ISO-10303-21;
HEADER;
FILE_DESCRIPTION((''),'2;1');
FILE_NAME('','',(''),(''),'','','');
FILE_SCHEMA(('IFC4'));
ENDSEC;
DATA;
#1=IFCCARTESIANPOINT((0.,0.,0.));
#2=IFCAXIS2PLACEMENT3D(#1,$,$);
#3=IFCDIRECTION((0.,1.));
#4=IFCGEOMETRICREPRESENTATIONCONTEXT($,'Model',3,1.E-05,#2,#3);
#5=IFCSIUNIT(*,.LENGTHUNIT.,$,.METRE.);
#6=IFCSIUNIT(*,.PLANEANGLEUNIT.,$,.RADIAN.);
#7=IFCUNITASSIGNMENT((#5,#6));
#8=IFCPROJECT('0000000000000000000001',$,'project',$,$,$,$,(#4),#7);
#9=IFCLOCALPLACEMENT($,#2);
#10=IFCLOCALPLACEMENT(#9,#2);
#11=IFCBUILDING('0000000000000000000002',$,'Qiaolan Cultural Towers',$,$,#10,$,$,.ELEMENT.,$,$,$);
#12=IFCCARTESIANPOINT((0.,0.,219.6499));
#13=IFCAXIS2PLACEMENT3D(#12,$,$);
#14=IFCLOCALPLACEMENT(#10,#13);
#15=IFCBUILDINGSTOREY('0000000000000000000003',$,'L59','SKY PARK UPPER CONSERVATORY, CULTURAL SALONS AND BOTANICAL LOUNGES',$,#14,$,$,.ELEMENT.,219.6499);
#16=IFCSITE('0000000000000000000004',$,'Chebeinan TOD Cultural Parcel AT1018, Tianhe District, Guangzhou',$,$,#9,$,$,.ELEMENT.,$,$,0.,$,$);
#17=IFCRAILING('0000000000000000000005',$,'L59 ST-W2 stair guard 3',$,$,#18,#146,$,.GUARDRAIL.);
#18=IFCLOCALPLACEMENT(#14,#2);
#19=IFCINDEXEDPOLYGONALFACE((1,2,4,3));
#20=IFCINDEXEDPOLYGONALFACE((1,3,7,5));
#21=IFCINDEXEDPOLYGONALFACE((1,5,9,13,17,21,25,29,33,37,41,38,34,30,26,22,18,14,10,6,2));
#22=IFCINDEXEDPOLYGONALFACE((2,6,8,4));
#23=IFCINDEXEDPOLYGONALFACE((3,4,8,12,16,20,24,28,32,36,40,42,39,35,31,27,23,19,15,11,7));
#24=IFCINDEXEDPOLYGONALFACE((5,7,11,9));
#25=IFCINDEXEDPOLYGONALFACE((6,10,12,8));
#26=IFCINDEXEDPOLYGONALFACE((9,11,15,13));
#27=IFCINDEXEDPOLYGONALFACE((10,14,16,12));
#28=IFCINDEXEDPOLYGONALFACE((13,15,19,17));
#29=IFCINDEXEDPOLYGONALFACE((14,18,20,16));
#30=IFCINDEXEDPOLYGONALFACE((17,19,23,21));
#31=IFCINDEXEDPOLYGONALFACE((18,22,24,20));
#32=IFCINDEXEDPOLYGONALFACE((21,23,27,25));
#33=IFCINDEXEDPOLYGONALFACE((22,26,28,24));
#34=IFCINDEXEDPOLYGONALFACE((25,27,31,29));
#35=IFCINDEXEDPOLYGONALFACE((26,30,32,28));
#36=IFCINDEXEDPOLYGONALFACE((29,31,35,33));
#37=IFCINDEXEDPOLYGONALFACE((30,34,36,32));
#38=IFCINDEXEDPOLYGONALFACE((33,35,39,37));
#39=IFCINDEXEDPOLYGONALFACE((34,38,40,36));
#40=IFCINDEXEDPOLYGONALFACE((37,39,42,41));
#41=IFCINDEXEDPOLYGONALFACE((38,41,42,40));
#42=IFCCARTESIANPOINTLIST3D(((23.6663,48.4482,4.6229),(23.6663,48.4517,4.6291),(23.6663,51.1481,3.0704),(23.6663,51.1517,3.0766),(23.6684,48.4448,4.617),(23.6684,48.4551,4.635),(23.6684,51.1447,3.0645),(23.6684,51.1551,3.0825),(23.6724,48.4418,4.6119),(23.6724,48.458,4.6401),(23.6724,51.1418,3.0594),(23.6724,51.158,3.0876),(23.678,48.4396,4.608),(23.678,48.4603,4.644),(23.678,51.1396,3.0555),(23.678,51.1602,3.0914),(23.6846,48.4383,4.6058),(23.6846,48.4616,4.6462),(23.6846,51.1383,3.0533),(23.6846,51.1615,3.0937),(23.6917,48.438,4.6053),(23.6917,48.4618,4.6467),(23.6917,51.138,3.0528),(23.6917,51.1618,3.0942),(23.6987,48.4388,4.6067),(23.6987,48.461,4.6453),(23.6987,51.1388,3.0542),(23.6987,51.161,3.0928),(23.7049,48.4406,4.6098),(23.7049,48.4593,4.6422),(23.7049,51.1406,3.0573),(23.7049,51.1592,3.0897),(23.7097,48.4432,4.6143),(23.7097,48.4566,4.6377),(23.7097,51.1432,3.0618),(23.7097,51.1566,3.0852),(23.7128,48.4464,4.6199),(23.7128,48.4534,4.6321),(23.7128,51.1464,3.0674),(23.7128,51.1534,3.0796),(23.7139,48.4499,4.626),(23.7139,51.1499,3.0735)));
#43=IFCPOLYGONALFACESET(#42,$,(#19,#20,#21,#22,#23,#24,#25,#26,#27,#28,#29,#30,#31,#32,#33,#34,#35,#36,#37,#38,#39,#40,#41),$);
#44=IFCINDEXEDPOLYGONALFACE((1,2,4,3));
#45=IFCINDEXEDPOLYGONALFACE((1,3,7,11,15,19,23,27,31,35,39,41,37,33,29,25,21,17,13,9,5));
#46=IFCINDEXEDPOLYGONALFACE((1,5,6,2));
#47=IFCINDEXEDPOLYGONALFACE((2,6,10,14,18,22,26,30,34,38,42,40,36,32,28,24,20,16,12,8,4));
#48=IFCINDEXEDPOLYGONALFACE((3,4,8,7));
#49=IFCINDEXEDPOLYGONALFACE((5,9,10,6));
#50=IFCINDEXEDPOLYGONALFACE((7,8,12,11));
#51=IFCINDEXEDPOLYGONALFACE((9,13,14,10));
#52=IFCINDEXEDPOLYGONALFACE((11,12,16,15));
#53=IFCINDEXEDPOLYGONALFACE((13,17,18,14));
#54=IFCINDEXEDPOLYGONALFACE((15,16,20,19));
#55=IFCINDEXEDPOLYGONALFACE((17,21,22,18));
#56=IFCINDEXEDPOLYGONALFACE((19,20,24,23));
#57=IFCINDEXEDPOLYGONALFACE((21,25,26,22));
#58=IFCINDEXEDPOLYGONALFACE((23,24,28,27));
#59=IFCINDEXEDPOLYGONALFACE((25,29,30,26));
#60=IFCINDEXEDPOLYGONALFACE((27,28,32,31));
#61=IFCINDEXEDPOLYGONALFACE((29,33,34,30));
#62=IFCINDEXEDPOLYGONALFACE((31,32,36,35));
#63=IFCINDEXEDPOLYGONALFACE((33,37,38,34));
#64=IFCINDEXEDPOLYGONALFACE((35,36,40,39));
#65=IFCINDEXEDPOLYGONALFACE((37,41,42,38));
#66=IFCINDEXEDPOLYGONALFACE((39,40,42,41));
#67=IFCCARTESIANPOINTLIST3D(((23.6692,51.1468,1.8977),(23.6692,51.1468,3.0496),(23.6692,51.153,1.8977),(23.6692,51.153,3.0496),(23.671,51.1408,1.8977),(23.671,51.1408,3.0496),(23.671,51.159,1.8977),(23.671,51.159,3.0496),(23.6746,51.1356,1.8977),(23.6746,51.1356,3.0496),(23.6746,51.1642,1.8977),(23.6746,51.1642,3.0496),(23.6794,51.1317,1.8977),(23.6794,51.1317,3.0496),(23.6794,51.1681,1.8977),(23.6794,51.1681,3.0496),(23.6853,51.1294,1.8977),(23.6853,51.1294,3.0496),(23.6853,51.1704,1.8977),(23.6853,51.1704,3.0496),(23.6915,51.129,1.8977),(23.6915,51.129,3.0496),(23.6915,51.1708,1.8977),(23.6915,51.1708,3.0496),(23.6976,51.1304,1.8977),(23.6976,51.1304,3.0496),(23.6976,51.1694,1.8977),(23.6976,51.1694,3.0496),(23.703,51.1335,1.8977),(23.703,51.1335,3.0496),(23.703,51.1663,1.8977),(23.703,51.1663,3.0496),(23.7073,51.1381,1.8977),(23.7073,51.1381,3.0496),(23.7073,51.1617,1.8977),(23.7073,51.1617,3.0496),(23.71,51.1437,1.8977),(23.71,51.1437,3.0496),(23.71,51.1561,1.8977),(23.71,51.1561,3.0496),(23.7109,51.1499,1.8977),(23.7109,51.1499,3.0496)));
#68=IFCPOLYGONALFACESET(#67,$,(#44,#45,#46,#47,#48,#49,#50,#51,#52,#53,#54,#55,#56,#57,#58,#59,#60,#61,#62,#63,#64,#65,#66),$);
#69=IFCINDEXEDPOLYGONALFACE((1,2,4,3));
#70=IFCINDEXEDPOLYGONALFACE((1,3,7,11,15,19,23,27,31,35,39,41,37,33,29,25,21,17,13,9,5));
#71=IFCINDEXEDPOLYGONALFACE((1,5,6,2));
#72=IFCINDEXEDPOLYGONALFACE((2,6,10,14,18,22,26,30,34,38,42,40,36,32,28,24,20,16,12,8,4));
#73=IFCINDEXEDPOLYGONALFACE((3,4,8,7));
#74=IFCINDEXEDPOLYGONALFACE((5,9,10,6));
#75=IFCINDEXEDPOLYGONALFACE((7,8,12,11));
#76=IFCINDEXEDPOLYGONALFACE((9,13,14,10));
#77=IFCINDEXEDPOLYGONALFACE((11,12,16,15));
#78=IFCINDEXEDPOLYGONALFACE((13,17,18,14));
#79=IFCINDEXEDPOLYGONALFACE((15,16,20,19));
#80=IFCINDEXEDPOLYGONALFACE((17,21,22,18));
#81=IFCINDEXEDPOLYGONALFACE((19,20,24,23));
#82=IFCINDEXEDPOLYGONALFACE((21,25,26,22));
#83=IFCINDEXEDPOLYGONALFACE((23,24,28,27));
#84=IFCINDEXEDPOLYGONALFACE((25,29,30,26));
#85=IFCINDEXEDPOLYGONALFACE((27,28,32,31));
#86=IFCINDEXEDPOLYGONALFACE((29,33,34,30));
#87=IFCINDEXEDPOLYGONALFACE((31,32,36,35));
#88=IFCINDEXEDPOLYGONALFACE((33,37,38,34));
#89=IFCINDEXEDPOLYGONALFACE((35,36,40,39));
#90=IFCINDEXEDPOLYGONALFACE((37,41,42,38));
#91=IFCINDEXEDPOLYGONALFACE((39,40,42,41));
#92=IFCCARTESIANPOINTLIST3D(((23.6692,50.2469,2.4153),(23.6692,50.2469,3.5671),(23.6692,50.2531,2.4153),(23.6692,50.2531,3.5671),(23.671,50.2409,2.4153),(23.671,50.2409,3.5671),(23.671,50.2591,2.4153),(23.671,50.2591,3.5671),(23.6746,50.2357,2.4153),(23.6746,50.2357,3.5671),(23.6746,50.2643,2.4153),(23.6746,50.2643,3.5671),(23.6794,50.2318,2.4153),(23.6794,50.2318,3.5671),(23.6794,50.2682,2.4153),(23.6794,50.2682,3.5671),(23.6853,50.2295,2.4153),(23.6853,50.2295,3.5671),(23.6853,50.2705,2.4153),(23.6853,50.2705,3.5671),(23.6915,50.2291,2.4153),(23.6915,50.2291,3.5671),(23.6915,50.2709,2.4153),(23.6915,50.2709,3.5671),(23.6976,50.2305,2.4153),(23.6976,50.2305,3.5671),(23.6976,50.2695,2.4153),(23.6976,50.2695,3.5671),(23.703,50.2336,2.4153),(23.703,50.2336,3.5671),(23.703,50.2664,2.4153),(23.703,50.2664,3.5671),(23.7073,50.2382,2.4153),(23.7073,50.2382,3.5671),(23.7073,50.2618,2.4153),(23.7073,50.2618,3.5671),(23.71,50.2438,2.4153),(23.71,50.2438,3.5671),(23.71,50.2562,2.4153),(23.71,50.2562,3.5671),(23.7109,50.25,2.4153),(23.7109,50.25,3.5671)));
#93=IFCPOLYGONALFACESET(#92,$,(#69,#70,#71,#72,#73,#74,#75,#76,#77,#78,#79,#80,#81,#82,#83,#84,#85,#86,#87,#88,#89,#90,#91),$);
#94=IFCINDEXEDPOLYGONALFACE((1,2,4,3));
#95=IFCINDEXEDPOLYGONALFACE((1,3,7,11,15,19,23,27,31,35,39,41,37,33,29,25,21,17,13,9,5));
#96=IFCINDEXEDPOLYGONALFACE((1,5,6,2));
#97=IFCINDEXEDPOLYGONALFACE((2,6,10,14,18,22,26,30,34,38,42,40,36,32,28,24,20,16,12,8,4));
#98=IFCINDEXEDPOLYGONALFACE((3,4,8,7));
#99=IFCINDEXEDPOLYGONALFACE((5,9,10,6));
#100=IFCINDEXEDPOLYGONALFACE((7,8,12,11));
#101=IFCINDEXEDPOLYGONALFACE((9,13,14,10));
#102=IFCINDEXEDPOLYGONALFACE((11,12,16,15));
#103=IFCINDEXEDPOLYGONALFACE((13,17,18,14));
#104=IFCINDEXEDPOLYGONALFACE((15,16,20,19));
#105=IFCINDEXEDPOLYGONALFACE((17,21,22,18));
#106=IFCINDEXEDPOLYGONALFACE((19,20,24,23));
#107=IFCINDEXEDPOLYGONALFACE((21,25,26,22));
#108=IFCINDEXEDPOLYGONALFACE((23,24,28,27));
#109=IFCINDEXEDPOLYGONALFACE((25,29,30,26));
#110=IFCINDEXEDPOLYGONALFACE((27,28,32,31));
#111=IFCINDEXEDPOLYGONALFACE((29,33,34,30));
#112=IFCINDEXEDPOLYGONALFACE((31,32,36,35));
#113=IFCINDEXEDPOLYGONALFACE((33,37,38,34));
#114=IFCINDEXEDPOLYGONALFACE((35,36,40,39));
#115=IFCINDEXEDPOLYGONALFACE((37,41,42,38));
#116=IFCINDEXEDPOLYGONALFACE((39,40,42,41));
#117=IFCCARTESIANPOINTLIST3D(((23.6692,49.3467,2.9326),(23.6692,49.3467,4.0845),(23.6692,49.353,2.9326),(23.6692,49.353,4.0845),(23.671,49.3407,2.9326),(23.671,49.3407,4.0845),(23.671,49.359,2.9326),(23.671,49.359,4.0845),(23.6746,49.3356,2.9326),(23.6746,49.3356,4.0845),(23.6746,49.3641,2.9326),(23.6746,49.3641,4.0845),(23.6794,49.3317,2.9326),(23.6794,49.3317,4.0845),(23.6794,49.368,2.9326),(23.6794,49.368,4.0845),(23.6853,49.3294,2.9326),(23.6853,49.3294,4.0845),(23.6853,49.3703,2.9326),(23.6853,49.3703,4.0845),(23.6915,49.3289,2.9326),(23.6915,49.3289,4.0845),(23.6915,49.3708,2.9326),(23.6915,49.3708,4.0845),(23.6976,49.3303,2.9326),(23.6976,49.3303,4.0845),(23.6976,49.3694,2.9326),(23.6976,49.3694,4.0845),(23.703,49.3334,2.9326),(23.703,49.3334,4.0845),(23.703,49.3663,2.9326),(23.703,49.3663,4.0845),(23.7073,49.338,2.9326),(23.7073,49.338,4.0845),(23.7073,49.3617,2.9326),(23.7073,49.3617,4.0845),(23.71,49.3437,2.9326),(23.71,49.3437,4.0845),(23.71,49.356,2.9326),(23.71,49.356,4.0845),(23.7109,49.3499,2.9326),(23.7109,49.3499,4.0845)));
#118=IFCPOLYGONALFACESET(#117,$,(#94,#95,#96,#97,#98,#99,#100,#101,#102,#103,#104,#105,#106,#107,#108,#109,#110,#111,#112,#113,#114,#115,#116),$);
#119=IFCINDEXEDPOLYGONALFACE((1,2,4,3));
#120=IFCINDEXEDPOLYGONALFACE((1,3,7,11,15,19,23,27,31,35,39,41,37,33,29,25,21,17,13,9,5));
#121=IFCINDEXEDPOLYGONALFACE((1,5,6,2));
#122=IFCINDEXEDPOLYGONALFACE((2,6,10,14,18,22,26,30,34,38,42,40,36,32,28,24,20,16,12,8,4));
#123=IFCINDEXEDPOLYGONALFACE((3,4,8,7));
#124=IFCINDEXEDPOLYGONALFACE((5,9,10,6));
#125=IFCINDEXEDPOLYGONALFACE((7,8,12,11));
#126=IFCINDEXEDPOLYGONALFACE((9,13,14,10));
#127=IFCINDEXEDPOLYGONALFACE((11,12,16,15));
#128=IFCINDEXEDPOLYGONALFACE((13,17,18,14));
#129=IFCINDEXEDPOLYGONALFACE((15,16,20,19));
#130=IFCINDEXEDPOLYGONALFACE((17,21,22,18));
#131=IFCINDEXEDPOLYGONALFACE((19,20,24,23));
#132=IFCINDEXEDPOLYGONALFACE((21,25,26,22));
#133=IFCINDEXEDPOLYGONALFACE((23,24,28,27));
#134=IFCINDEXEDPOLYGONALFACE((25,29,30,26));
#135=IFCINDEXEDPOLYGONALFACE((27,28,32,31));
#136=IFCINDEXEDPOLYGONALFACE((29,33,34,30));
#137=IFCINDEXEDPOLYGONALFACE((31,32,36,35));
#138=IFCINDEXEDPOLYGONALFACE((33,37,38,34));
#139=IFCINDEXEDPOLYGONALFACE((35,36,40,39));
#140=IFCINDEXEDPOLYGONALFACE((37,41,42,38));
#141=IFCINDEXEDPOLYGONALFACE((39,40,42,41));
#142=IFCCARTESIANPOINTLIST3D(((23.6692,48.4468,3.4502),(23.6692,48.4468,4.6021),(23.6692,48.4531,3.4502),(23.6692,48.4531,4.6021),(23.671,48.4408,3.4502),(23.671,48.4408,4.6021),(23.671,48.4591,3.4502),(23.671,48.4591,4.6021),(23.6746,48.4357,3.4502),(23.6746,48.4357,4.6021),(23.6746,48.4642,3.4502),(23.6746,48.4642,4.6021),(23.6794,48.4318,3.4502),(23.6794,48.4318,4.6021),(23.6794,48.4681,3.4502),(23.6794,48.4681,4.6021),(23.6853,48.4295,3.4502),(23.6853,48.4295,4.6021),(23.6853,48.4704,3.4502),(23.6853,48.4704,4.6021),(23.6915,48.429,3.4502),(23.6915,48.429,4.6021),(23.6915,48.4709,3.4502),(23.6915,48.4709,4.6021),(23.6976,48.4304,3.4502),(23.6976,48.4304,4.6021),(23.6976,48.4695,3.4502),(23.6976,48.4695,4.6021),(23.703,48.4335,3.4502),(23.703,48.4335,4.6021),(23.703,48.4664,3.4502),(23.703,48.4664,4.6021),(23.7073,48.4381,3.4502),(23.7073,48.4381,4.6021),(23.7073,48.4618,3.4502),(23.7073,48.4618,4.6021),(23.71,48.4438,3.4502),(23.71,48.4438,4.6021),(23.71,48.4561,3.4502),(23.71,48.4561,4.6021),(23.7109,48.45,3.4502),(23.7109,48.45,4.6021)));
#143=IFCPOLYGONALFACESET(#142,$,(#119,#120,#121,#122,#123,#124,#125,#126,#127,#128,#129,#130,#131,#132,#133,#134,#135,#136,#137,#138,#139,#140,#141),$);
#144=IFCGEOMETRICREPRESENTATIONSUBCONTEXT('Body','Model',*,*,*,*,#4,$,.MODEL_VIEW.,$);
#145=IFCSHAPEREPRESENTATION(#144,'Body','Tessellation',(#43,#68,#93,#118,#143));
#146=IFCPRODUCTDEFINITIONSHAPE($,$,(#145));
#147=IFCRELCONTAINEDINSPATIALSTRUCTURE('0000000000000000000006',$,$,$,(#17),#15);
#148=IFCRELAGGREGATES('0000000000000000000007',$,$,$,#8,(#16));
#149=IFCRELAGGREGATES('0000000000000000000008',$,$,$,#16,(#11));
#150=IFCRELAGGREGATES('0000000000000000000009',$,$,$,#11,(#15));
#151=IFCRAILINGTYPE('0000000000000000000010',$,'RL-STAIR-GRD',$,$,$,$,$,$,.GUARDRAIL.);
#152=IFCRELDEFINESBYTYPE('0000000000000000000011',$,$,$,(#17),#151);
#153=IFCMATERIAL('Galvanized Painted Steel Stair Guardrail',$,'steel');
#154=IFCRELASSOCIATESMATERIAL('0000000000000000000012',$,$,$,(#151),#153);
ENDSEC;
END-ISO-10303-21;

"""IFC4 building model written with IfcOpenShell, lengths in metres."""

from ifc_helpers import new_model, si_unit, direction, frame, origin, origin_2d, place, context, subcontext, project, spatial, circle, extrude, material, type_object, element, save


model = new_model("IFC4")

# Units and contexts
model_context = context("Model", 3, precision=1e-05, world=origin(), true_north=direction((0.0, 1.0)))
body_context = subcontext(model_context, "Body", "Model", "MODEL_VIEW")
ifc_project = project(units=[si_unit("LENGTHUNIT", "METRE"), si_unit("PLANEANGLEUNIT", "RADIAN")], contexts=[model_context])

# Site, building, storey
site_placement = place(None, origin())
site = spatial("IfcSite", under=ifc_project, at=site_placement, Name="Chebeinan TOD Cultural Parcel AT1018, Tianhe District, Guangzhou", CompositionType="ELEMENT", RefElevation=0.0)
building_placement = place(site_placement, origin())
building = spatial("IfcBuilding", under=site, at=building_placement, Name="Qiaolan Cultural Towers", CompositionType="ELEMENT")
storey_placement = place(building_placement, frame((0.0, 0.0, 219.6499)))
storey = spatial("IfcBuildingStorey", under=building, at=storey_placement, Name="L59", Description="SKY PARK UPPER CONSERVATORY, CULTURAL SALONS AND BOTANICAL LOUNGES", CompositionType="ELEMENT", Elevation=219.6499)

# Railing
ifc_material_1 = material(Name="Galvanized Painted Steel Stair Guardrail", Category="steel")
railing_type_1 = type_object("IfcRailingType", Name="RL-STAIR-GRD", PredefinedType="GUARDRAIL", material=ifc_material_1)
railing_1_placement = place(storey_placement, frame((23.6899, 51.1499, 1.8977)))
element("IfcRailing", 1, at=railing_1_placement, inside=storey, type_object=railing_type_1, Name="L59 ST-W2 stair guard 3", PredefinedType="GUARDRAIL", context=body_context, shape_type="SweptSolid", body=[
    extrude(circle(Radius=0.0239, at=origin_2d()), frame((0.0, 0.0, 1.1758), z_axis=(0.0, -0.866904, 0.498476), x_axis=(1.0, 0.0, 0.0)), (0.0, 0.0, 1.0), 3.1145),
    extrude(circle(Radius=0.021, at=origin_2d()), origin(), (0.0, 0.0, 1.0), 1.1519),
    extrude(circle(Radius=0.021, at=origin_2d()), frame((0.0, -0.8999, 0.5176)), (0.0, 0.0, 1.0), 1.1519),
    extrude(circle(Radius=0.021, at=origin_2d()), frame((0.0, -1.8, 1.0349)), (0.0, 0.0, 1.0), 1.1519),
    extrude(circle(Radius=0.021, at=origin_2d()), frame((0.0, -2.7, 1.5525)), (0.0, 0.0, 1.0), 1.1519),
])

save(model, "model.ifc")
